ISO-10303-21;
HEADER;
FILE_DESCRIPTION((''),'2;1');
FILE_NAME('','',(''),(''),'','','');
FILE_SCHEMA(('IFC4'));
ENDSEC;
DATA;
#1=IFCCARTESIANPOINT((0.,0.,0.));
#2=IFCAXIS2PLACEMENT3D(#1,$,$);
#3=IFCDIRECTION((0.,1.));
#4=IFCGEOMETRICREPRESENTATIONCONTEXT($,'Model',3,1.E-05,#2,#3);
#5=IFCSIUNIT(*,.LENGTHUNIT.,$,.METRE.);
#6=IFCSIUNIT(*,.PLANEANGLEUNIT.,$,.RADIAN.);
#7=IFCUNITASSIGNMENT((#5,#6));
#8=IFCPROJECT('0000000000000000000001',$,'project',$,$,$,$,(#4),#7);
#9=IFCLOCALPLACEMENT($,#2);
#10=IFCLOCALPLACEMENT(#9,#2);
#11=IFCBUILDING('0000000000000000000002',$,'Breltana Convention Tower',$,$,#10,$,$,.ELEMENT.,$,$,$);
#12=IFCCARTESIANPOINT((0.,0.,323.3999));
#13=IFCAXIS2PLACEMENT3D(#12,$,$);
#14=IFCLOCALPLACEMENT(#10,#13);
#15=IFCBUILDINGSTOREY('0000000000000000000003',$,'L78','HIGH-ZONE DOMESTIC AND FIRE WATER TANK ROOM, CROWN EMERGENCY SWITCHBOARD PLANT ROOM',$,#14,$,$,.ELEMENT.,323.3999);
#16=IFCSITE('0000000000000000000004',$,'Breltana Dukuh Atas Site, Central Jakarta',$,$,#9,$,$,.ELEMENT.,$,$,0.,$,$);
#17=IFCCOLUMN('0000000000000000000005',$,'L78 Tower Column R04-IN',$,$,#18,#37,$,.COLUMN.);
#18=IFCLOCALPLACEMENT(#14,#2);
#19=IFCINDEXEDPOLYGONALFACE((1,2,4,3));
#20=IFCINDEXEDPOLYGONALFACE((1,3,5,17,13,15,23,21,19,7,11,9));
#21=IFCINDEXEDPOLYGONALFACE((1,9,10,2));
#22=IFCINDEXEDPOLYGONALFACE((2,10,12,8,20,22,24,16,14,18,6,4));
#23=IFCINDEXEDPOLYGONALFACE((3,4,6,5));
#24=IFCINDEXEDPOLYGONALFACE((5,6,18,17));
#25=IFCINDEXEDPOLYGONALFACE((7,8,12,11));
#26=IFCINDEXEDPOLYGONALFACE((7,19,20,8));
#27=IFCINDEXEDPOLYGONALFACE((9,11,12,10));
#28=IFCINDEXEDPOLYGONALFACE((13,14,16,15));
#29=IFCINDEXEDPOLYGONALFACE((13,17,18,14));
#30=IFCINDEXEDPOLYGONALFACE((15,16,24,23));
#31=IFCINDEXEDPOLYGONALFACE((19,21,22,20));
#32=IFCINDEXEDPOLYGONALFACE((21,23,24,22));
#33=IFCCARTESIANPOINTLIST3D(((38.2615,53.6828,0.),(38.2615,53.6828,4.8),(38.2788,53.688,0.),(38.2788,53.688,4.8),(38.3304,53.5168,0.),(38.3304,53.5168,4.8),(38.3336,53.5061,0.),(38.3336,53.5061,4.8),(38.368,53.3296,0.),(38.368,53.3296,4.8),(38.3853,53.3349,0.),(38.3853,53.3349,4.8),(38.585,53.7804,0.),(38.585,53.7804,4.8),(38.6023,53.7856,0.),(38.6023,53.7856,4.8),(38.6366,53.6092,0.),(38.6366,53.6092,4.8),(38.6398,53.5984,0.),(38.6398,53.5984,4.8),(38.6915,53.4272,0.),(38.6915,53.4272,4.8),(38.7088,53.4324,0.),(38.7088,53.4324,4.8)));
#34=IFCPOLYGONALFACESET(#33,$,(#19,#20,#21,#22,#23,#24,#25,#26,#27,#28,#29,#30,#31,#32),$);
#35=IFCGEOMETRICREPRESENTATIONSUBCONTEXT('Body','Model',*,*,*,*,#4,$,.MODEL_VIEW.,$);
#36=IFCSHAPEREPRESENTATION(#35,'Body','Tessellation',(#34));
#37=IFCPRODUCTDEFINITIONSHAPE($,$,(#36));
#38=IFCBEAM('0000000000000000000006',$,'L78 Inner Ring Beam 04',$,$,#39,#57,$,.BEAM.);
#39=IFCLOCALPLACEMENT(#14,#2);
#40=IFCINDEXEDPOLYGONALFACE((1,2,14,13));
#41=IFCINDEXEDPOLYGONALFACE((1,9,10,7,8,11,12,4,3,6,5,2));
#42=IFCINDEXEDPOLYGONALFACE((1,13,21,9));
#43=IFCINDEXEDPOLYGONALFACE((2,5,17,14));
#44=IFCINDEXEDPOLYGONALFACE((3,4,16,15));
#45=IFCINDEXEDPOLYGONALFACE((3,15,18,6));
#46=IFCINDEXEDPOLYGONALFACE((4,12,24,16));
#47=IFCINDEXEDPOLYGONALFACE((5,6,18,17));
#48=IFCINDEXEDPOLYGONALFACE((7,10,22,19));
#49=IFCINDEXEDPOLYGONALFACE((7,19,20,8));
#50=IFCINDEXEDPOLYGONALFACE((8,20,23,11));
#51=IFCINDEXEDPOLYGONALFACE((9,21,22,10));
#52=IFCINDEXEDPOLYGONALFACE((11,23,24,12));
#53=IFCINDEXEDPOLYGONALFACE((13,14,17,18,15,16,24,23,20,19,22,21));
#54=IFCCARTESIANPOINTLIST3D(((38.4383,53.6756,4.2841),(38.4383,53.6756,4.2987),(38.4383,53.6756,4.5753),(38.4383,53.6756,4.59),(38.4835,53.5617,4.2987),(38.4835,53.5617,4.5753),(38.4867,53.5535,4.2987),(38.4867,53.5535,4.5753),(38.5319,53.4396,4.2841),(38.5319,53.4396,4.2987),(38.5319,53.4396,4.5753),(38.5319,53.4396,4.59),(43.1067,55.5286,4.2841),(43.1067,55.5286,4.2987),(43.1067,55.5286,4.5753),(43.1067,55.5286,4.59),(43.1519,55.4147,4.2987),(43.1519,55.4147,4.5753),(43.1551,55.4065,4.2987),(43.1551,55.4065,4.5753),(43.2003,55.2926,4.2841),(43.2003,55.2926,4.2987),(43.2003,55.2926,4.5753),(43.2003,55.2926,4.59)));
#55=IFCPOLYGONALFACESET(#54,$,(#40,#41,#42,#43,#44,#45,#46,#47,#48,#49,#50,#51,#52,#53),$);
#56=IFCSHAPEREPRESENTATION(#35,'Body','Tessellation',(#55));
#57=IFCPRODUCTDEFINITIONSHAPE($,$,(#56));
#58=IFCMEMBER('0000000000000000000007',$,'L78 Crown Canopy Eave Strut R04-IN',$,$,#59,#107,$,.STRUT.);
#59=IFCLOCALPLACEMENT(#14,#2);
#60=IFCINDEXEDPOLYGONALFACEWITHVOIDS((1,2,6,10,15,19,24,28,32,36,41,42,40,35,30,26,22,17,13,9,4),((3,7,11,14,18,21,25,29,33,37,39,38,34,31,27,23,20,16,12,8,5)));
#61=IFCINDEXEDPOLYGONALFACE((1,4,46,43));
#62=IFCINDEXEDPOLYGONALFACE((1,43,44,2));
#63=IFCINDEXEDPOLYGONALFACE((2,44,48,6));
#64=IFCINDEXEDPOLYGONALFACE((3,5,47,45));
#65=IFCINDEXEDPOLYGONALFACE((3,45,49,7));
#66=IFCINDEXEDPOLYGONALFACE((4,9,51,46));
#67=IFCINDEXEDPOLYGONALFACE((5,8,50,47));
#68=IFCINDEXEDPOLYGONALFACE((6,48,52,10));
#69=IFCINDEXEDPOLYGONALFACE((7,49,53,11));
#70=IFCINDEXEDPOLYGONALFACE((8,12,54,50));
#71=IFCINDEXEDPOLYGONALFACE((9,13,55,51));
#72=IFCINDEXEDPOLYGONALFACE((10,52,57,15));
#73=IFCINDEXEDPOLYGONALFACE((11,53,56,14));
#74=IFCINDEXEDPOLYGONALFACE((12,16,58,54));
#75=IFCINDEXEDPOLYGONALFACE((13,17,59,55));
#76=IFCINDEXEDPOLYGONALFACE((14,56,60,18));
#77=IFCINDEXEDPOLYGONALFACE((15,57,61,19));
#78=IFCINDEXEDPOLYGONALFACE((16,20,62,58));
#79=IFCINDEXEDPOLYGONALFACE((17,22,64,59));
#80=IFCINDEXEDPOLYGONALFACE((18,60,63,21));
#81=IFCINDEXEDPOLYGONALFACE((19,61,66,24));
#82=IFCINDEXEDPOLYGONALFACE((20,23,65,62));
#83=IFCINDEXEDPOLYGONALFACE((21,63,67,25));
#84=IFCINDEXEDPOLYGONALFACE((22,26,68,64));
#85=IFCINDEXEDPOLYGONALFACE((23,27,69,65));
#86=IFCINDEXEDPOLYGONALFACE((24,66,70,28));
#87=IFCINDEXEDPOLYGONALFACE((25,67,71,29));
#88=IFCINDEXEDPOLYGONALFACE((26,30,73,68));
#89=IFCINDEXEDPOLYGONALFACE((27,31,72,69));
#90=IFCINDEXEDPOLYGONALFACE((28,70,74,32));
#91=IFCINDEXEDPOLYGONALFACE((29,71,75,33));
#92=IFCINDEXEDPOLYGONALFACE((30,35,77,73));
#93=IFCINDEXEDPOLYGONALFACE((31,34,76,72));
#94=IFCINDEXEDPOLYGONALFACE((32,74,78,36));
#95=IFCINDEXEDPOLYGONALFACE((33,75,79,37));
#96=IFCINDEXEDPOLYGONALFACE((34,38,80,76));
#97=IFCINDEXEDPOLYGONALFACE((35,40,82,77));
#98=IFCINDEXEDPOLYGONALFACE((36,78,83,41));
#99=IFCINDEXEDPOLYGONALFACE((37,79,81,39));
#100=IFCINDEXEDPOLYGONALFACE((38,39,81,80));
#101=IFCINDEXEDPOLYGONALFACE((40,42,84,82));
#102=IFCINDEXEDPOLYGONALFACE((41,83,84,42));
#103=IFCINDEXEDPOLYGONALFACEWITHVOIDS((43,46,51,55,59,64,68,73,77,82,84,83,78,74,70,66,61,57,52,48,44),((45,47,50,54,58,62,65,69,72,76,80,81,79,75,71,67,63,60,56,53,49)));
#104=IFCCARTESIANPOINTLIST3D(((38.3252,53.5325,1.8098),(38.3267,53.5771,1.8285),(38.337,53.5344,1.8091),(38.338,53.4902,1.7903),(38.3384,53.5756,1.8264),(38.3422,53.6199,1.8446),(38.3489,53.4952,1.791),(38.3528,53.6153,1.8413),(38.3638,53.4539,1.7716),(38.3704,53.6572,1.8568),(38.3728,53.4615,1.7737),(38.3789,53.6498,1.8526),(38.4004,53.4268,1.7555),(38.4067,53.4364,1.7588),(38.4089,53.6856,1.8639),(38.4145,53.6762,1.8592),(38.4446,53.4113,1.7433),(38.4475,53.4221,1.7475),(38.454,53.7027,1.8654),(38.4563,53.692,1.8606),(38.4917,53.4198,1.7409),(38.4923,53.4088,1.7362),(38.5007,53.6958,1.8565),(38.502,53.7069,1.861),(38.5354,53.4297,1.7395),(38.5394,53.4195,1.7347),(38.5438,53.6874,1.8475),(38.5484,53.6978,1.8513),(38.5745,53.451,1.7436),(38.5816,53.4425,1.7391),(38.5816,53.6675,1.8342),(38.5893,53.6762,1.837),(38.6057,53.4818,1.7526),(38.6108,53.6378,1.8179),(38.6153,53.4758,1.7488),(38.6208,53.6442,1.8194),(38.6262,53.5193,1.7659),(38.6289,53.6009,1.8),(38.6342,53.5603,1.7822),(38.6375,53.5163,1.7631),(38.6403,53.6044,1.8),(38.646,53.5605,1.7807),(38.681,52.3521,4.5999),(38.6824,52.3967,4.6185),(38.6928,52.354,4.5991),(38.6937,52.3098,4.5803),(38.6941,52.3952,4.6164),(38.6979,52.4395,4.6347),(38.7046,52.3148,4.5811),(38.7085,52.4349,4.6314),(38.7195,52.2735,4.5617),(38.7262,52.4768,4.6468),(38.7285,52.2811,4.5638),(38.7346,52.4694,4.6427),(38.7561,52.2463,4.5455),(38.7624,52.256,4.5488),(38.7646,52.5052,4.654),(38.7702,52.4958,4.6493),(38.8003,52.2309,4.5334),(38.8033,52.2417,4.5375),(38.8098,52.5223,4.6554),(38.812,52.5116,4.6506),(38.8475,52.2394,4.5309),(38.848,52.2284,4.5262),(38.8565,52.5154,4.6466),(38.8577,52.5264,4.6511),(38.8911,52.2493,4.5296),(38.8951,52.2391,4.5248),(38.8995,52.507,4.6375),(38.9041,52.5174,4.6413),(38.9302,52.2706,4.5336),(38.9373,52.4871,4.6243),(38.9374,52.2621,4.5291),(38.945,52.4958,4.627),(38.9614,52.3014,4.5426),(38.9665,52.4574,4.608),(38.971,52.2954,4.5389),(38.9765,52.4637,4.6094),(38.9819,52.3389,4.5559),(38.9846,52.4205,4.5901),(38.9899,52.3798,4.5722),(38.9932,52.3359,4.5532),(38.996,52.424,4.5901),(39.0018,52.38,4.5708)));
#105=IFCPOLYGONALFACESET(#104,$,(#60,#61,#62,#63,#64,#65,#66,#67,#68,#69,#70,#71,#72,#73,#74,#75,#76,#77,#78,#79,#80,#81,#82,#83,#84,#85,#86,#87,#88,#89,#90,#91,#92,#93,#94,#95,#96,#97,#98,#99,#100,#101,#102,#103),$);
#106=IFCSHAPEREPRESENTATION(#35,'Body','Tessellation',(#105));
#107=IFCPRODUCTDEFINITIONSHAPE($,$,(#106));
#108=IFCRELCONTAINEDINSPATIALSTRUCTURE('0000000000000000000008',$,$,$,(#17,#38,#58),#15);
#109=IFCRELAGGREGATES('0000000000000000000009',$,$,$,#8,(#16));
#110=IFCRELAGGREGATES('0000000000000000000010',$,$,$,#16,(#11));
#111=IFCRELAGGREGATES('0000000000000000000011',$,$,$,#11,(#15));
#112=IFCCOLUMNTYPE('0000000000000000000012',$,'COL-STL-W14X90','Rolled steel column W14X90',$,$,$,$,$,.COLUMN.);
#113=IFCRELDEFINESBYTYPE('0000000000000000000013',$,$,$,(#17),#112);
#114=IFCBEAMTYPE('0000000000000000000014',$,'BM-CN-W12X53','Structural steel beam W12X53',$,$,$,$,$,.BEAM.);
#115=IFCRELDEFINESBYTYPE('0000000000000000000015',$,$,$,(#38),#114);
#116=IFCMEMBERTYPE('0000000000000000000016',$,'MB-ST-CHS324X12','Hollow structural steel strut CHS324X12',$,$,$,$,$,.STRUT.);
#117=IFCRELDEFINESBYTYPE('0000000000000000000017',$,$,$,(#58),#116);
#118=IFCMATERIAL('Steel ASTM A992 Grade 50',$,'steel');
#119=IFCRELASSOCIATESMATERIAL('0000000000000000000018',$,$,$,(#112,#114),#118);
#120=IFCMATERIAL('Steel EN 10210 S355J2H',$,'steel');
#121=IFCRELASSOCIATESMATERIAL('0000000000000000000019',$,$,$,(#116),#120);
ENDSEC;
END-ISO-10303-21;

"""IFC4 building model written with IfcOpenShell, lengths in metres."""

from ifc_helpers import new_model, si_unit, direction, frame, origin, origin_2d, place, context, subcontext, project, spatial, hollow_circle, i_section, extrude, source, transform, mapped, material, material_profile, profile_set, type_object, type_shapes, element, save


model = new_model("IFC4")

# Units and contexts
model_context = context("Model", 3, precision=1e-05, world=origin(), true_north=direction((0.0, 1.0)))
body_context = subcontext(model_context, "Body", "Model", "MODEL_VIEW")
ifc_project = project(units=[si_unit("LENGTHUNIT", "METRE"), si_unit("PLANEANGLEUNIT", "RADIAN")], contexts=[model_context])

# Site, building, storey
site_placement = place(None, origin())
site = spatial("IfcSite", under=ifc_project, at=site_placement, Name="Breltana Dukuh Atas Site, Central Jakarta", CompositionType="ELEMENT", RefElevation=0.0)
building_placement = place(site_placement, origin())
building = spatial("IfcBuilding", under=site, at=building_placement, Name="Breltana Convention Tower", CompositionType="ELEMENT")
storey_placement = place(building_placement, frame((0.0, 0.0, 323.3999)))
storey = spatial("IfcBuildingStorey", under=building, at=storey_placement, Name="L78", Description="HIGH-ZONE DOMESTIC AND FIRE WATER TANK ROOM, CROWN EMERGENCY SWITCHBOARD PLANT ROOM", CompositionType="ELEMENT", Elevation=323.3999)

# Column
ifc_material_1 = material(Name="Steel ASTM A992 Grade 50", Category="steel")
ifc_material_profile_1 = material_profile(ifc_material_1, i_section(OverallWidth=0.3689, OverallDepth=0.356, WebThickness=0.0112, FlangeThickness=0.0181, at=origin_2d()), Name="W14X90")
ifc_profile_set_1 = profile_set([ifc_material_profile_1], Name="Steel ASTM A992 Grade 50")
column_type = type_object("IfcColumnType", Name="COL-STL-W14X90", Description="Rolled steel column W14X90", PredefinedType="COLUMN", material=ifc_profile_set_1)
shared_shape_1 = source(origin(), body_context, "Body", "SweptSolid", [
    extrude(i_section(OverallWidth=0.3689, OverallDepth=0.356, WebThickness=0.0112, FlangeThickness=0.0181, at=origin_2d()), origin(), (0.0, 0.0, 1.0), 4.8),
])
type_shapes(column_type, [shared_shape_1])
column_placement = place(storey_placement, frame((38.4851, 53.5576, 0.0), z_axis=(0.0, 0.0, 1.0), x_axis=(-0.288698, 0.95742, 0.0)))
element("IfcColumn", 1, at=column_placement, inside=storey, type_object=column_type, Name="L78 Tower Column R04-IN", PredefinedType="COLUMN", context=body_context, shape_type="MappedRepresentation", body=[
    mapped(shared_shape_1, transform((0.0, 0.0, 0.0), scale=1.0)),
])

# Beam
ifc_material_profile_2 = material_profile(ifc_material_1, i_section(OverallWidth=0.2539, OverallDepth=0.3059, WebThickness=0.0088, FlangeThickness=0.0146, at=origin_2d()), Name="W12X53")
ifc_profile_set_2 = profile_set([ifc_material_profile_2], Name="Steel ASTM A992 Grade 50")
beam_type = type_object("IfcBeamType", Name="BM-CN-W12X53", Description="Structural steel beam W12X53", PredefinedType="BEAM", material=ifc_profile_set_2)
shared_shape_2 = source(origin(), body_context, "Body", "SweptSolid", [
    extrude(i_section(OverallWidth=0.2539, OverallDepth=0.3059, WebThickness=0.0088, FlangeThickness=0.0146, at=origin_2d()), origin(), (0.0, 0.0, 1.0), 5.0227),
])
beam_placement = place(storey_placement, frame((38.4851, 53.5576, 4.437), z_axis=(0.929459, 0.368926, 0.0), x_axis=(-0.368926, 0.929459, 0.0)))
element("IfcBeam", 2, at=beam_placement, inside=storey, type_object=beam_type, Name="L78 Inner Ring Beam 04", PredefinedType="BEAM", context=body_context, shape_type="MappedRepresentation", body=[
    mapped(shared_shape_2, transform((0.0, 0.0, 0.0), scale=1.0)),
])

# Member
ifc_material_2 = material(Name="Steel EN 10210 S355J2H", Category="steel")
ifc_material_profile_3 = material_profile(ifc_material_2, hollow_circle(Radius=0.1621, WallThickness=0.012, at=origin_2d()), Name="CHS324X12")
ifc_profile_set_3 = profile_set([ifc_material_profile_3], Name="Steel EN 10210 S355J2H")
member_type = type_object("IfcMemberType", Name="MB-ST-CHS324X12", Description="Hollow structural steel strut CHS324X12", PredefinedType="STRUT", material=ifc_profile_set_3)
shared_shape_3 = source(origin(), body_context, "Body", "SweptSolid", [
    extrude(hollow_circle(Radius=0.1621, WallThickness=0.012, at=origin_2d()), origin(), (0.0, 0.0, 1.0), 3.0503),
])
type_shapes(member_type, [shared_shape_3])
member_placement = place(storey_placement, frame((38.4851, 53.5576, 1.8), z_axis=(0.116616, -0.386987, 0.914681), x_axis=(0.957471, 0.288529, 0.0)))
element("IfcMember", 3, at=member_placement, inside=storey, type_object=member_type, Name="L78 Crown Canopy Eave Strut R04-IN", PredefinedType="STRUT", context=body_context, shape_type="MappedRepresentation", body=[
    mapped(shared_shape_3, transform((0.0, 0.0, 0.0), scale=1.0)),
])

save(model, "model.ifc")
